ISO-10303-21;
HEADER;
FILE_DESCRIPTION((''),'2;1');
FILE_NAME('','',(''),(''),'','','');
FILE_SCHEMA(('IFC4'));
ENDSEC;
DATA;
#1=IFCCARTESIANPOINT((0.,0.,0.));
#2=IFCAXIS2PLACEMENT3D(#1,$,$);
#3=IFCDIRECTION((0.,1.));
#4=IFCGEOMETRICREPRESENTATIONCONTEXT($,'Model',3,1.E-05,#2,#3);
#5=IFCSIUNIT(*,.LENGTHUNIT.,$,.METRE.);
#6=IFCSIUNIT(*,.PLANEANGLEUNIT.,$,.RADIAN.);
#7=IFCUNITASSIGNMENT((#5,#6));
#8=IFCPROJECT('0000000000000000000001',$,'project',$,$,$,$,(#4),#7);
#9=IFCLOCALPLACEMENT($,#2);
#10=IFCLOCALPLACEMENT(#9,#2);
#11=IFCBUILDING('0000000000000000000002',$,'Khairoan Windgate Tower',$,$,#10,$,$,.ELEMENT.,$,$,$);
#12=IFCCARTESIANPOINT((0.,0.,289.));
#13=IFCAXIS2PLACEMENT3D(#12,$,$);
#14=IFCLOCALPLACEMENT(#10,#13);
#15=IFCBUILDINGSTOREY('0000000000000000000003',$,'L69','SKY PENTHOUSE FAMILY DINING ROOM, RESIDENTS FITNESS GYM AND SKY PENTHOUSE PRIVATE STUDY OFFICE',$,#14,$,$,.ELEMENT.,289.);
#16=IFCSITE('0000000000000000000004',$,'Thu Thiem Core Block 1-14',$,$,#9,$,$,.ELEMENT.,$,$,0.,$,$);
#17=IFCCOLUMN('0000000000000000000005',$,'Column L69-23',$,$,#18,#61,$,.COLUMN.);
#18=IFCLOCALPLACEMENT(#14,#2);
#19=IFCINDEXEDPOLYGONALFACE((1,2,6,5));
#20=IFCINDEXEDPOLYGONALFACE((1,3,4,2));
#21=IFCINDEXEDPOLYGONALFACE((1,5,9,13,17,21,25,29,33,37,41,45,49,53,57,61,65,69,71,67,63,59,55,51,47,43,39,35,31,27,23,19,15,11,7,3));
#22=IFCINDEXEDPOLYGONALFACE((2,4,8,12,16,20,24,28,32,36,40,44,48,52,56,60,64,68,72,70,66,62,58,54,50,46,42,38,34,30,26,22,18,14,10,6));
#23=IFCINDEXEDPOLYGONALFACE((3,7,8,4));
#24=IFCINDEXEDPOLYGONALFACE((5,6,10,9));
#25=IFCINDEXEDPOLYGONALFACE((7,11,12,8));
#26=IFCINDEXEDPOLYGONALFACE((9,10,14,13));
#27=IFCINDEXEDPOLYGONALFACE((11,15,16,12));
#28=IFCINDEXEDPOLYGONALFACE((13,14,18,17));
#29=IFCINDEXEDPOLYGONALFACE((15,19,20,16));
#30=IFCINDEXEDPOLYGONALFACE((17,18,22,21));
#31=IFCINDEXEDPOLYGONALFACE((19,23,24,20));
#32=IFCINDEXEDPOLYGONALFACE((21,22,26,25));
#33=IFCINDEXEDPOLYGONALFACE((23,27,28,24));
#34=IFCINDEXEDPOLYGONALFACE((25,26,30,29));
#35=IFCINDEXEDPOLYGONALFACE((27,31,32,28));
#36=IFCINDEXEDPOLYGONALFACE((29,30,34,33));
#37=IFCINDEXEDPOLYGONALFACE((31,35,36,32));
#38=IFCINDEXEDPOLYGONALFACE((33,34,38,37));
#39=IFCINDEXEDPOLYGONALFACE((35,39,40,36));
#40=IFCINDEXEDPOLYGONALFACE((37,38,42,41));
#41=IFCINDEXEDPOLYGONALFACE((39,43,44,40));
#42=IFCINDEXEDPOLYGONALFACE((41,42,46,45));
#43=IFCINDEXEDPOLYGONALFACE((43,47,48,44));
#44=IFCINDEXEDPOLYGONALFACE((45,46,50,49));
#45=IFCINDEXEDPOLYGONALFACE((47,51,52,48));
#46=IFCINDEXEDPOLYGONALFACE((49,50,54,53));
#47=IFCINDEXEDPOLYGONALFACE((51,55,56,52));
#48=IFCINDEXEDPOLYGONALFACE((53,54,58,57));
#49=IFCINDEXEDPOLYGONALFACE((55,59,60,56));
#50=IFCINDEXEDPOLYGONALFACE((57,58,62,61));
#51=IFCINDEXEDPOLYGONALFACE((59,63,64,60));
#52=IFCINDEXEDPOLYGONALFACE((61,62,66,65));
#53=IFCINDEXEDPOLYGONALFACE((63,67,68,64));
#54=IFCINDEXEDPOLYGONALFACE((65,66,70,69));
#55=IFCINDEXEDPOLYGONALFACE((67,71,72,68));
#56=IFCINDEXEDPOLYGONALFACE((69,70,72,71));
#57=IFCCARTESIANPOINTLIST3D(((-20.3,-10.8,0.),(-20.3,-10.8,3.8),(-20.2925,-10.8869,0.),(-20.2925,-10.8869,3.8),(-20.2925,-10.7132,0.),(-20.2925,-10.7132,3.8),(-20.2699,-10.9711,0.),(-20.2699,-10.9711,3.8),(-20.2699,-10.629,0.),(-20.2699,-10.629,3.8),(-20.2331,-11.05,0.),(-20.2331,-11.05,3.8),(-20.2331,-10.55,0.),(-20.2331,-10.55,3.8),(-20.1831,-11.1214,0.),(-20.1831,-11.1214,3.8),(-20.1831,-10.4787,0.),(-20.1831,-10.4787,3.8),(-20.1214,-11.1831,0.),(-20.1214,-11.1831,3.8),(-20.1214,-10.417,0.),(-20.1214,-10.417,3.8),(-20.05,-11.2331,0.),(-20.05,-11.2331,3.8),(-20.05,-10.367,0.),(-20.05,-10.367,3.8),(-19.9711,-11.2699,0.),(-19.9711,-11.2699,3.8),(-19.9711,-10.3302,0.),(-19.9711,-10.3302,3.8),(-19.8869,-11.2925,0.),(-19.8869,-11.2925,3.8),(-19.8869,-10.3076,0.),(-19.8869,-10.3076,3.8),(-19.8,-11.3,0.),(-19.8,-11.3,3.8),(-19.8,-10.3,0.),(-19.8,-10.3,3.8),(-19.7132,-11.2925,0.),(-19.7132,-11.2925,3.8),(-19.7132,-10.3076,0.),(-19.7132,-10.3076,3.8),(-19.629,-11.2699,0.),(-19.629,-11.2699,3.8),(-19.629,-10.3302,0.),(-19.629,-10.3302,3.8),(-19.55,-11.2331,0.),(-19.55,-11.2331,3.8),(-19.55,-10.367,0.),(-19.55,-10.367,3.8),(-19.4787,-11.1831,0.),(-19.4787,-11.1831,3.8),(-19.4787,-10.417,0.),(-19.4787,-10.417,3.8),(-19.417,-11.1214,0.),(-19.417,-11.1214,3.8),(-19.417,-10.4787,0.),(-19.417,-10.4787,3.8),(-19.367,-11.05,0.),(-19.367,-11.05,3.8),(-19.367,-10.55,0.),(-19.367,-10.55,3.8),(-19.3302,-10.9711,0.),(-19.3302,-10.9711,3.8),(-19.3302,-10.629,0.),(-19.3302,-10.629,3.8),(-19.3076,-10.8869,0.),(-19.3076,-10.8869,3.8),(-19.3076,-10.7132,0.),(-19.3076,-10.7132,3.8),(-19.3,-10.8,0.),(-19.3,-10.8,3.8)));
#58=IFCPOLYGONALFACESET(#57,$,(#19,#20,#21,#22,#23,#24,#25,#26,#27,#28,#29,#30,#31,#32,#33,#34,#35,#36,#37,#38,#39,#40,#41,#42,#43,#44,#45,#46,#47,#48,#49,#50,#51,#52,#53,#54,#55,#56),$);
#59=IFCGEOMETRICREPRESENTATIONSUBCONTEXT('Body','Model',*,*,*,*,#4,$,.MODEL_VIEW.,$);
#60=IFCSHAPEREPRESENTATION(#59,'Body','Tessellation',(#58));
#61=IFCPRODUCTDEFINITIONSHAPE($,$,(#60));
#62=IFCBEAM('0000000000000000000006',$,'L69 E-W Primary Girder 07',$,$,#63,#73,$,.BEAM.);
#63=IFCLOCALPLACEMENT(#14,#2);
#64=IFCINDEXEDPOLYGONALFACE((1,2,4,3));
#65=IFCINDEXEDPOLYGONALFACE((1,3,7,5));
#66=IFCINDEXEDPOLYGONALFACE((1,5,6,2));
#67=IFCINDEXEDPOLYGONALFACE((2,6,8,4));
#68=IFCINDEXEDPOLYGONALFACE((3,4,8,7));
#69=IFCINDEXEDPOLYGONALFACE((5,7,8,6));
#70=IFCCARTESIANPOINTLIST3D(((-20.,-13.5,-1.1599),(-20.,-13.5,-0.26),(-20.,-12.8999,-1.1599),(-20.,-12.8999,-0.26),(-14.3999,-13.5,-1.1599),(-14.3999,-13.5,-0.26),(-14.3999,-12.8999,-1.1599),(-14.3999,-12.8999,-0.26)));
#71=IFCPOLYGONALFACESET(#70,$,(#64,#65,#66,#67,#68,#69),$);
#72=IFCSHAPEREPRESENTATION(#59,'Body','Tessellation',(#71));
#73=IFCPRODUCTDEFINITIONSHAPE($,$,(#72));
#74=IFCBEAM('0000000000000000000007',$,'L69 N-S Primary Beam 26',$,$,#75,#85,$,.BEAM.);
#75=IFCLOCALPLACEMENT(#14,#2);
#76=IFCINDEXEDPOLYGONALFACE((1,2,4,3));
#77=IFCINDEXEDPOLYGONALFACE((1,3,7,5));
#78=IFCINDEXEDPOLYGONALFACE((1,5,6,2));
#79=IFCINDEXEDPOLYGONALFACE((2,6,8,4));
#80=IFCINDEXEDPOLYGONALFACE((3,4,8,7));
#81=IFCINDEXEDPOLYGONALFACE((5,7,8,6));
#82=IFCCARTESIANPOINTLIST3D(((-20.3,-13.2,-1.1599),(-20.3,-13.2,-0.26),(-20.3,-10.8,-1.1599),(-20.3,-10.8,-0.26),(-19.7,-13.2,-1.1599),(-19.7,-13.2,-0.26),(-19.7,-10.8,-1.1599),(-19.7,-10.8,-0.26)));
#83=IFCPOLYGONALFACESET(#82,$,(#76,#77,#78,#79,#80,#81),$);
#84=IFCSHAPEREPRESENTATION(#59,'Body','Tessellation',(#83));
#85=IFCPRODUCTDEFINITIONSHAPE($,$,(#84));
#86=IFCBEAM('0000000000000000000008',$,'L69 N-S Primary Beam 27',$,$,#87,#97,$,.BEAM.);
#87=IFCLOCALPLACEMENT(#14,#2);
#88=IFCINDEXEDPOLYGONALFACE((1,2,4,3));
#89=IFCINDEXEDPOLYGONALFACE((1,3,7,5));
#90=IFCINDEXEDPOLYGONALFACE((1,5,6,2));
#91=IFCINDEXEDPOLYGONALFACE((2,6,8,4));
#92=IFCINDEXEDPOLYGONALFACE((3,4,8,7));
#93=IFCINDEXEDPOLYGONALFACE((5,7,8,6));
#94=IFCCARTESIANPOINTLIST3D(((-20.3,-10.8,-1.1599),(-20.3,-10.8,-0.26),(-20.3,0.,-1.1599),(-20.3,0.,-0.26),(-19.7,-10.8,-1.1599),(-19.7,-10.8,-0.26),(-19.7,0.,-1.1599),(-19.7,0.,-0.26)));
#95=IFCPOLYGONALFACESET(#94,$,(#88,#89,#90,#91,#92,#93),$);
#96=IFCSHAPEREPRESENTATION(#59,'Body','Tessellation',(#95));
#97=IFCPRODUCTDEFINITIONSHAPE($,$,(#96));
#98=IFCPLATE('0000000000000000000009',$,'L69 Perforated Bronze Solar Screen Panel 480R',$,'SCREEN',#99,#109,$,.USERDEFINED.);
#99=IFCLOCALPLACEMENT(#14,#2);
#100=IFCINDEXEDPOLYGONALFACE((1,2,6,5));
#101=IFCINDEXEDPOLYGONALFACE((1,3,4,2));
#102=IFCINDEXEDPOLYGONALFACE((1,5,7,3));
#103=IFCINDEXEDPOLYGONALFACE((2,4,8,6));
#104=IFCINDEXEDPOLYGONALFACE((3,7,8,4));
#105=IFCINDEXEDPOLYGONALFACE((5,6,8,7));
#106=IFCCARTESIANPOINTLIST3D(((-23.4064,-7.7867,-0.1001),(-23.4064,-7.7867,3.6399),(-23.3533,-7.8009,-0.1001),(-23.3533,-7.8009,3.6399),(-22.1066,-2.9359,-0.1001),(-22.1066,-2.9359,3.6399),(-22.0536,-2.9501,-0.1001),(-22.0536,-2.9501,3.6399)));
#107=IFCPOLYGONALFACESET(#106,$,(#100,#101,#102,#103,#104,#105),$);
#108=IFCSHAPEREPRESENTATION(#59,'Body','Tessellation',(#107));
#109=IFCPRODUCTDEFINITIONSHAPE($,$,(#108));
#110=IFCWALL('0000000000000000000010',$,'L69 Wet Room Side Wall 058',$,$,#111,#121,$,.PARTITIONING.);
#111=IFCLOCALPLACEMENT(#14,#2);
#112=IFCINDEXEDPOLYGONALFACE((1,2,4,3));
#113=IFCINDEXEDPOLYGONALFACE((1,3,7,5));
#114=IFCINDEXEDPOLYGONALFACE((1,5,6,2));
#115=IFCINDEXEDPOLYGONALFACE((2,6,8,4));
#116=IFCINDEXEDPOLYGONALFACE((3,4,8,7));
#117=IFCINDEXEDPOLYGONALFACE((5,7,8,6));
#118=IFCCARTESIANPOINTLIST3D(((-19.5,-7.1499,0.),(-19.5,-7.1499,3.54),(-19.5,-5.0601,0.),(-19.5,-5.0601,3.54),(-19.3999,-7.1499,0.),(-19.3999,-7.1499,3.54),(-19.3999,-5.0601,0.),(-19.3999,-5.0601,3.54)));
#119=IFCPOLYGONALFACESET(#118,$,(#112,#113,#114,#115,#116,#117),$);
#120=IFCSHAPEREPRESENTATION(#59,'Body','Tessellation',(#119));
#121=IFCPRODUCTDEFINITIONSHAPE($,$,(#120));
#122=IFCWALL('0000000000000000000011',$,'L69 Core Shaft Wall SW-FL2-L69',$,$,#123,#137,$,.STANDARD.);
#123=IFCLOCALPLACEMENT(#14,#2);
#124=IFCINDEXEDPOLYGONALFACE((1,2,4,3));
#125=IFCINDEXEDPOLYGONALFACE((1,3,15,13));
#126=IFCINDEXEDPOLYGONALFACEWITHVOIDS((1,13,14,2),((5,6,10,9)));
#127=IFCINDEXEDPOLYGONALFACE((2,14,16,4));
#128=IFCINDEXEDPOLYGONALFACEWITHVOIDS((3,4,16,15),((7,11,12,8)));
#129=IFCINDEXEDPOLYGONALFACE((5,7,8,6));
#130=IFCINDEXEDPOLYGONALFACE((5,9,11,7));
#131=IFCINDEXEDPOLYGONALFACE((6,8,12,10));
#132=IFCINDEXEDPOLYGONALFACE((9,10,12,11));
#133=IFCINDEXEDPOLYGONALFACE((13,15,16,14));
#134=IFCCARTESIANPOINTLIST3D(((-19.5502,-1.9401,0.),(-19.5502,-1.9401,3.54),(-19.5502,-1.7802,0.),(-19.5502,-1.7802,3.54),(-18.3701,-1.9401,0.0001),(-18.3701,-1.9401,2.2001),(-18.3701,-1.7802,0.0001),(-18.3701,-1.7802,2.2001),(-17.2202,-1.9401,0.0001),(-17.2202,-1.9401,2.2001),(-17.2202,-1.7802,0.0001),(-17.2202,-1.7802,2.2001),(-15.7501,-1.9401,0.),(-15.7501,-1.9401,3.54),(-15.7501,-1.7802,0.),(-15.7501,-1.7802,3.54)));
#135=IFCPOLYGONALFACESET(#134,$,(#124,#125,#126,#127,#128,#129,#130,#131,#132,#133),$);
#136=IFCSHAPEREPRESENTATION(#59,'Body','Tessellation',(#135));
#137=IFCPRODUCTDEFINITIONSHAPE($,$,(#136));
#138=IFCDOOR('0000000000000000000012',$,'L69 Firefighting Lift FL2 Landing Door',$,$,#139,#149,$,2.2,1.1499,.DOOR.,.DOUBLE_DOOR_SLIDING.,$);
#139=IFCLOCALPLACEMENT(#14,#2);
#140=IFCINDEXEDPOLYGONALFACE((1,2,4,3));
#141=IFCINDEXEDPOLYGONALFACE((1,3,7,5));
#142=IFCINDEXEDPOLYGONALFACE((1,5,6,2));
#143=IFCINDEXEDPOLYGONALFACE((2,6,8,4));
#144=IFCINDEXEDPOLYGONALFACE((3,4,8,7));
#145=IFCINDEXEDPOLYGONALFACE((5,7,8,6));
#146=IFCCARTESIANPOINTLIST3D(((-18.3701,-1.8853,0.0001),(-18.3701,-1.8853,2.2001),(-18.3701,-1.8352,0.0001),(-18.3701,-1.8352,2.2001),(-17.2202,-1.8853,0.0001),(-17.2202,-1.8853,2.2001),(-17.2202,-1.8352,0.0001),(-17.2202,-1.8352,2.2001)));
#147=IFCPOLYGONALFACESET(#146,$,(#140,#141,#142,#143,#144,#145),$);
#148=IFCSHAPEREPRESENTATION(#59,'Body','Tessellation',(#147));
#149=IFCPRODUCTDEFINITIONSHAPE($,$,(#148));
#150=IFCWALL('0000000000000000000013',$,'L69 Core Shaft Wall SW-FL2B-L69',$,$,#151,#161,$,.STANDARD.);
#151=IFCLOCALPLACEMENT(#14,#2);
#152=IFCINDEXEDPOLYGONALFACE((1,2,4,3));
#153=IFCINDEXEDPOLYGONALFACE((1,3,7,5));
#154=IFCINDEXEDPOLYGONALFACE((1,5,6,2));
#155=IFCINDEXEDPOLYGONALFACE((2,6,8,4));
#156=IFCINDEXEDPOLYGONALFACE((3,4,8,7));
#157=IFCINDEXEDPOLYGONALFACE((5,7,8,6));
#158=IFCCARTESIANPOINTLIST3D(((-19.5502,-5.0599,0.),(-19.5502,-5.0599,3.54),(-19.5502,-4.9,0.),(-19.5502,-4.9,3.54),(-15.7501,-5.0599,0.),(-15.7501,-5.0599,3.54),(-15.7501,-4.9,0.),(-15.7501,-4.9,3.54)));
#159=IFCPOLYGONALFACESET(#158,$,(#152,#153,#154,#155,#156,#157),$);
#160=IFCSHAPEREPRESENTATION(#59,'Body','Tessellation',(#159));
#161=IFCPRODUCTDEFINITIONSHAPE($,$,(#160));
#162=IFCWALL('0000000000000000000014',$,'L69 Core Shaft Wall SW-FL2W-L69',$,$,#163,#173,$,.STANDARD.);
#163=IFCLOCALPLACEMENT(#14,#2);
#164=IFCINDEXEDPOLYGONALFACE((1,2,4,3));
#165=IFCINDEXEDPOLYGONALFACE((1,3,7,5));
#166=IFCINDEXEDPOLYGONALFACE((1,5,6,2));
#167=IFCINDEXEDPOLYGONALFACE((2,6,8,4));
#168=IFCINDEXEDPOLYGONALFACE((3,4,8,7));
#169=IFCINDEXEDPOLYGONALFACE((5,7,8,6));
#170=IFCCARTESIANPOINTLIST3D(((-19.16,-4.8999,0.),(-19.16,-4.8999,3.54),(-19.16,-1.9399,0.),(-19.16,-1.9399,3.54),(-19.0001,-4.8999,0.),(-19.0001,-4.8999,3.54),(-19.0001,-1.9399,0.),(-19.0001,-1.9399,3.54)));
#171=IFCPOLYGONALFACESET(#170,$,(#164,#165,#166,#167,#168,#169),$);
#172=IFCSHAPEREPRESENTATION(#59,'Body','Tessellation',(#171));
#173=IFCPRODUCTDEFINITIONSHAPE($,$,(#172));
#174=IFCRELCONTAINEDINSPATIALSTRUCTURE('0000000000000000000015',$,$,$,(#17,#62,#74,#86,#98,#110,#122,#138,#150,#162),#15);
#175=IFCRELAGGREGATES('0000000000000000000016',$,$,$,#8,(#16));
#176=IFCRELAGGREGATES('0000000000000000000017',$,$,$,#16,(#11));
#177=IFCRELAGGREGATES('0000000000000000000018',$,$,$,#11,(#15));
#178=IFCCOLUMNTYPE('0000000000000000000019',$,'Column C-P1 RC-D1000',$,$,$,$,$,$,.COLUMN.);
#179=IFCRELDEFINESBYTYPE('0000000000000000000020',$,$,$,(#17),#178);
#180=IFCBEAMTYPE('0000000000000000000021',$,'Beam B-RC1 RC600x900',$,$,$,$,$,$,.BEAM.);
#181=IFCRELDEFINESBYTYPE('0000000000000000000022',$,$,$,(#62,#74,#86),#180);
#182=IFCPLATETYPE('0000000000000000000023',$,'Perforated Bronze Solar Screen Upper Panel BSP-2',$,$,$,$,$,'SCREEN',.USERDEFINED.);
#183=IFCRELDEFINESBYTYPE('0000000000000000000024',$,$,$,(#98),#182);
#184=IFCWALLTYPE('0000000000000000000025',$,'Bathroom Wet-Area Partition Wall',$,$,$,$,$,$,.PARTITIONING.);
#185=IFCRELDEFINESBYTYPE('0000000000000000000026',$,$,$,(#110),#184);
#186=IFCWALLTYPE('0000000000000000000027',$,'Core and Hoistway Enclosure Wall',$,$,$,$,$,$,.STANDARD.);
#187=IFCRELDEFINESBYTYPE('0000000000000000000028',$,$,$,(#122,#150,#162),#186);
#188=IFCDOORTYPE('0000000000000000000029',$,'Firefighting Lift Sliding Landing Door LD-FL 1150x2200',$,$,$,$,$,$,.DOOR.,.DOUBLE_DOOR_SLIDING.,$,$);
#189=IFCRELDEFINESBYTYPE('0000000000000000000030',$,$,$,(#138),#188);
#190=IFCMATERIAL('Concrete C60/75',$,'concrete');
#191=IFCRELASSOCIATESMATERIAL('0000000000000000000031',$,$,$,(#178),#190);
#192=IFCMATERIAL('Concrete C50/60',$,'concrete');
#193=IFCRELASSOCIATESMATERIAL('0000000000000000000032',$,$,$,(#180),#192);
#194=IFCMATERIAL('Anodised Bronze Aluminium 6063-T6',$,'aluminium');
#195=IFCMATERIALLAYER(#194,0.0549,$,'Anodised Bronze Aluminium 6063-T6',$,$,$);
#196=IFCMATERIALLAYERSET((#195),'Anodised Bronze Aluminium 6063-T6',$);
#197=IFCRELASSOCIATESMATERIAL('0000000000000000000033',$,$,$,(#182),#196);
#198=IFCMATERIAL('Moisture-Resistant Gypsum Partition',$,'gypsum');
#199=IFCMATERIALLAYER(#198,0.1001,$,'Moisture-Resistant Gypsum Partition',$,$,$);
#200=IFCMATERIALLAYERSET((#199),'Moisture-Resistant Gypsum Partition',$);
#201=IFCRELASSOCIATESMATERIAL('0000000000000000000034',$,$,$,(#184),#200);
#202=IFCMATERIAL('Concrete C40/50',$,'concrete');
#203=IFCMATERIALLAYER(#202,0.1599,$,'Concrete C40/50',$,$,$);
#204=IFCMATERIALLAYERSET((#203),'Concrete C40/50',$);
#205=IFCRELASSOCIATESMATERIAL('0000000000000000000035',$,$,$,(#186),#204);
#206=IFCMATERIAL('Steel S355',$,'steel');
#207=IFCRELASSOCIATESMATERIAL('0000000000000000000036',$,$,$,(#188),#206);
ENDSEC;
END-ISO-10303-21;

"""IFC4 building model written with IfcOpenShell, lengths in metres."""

from ifc_helpers import new_model, si_unit, direction, frame, frame_2d, origin, origin_2d, place, context, subcontext, project, spatial, rectangle, circle, extrude, material, layer, layer_set, material_profile, profile_set, type_object, element, fill, save


model = new_model("IFC4")

# Units and contexts
model_context = context("Model", 3, precision=1e-05, world=origin(), true_north=direction((0.0, 1.0)))
body_context = subcontext(model_context, "Body", "Model", "MODEL_VIEW")
ifc_project = project(units=[si_unit("LENGTHUNIT", "METRE"), si_unit("PLANEANGLEUNIT", "RADIAN")], contexts=[model_context])

# Site, building, storey
site_placement = place(None, origin())
site = spatial("IfcSite", under=ifc_project, at=site_placement, Name="Thu Thiem Core Block 1-14", CompositionType="ELEMENT", RefElevation=0.0)
building_placement = place(site_placement, origin())
building = spatial("IfcBuilding", under=site, at=building_placement, Name="Khairoan Windgate Tower", CompositionType="ELEMENT")
storey_placement = place(building_placement, frame((0.0, 0.0, 289.0)))
storey = spatial("IfcBuildingStorey", under=building, at=storey_placement, Name="L69", Description="SKY PENTHOUSE FAMILY DINING ROOM, RESIDENTS FITNESS GYM AND SKY PENTHOUSE PRIVATE STUDY OFFICE", CompositionType="ELEMENT", Elevation=289.0)

# Column
ifc_material_1 = material(Name="Concrete C60/75", Category="concrete")
ifc_material_profile_1 = material_profile(ifc_material_1, circle(Radius=0.5, at=origin_2d()))
ifc_profile_set_1 = profile_set([ifc_material_profile_1], Name="Concrete C60/75")
column_type = type_object("IfcColumnType", Name="Column C-P1 RC-D1000", PredefinedType="COLUMN", material=ifc_profile_set_1)
column_placement = place(storey_placement, frame((-19.8, -10.8, 0.0), z_axis=(0.0, 0.0, 1.0), x_axis=(1.0, 0.0, 0.0)))
element("IfcColumn", 1, at=column_placement, inside=storey, type_object=column_type, Name="Column L69-23", PredefinedType="COLUMN", context=body_context, shape_type="SweptSolid", body=[
    extrude(circle(Radius=0.5, at=origin_2d()), origin(), (0.0, 0.0, 1.0), 3.8),
])

# Beams
ifc_material_2 = material(Name="Concrete C50/60", Category="concrete")
ifc_material_profile_2 = material_profile(ifc_material_2, rectangle(XDim=0.6001, YDim=0.8999, at=origin_2d()))
ifc_profile_set_2 = profile_set([ifc_material_profile_2], Name="Concrete C50/60")
beam_type = type_object("IfcBeamType", Name="Beam B-RC1 RC600x900", PredefinedType="BEAM", material=ifc_profile_set_2)
beam_1_placement = place(storey_placement, frame((-20.0, -13.2, -0.71), z_axis=(1.0, 0.0, 0.0), x_axis=(0.0, 1.0, 0.0)))
element("IfcBeam", 2, at=beam_1_placement, inside=storey, type_object=beam_type, Name="L69 E-W Primary Girder 07", PredefinedType="BEAM", context=body_context, shape_type="SweptSolid", body=[
    extrude(rectangle(XDim=0.6001, YDim=0.8999, at=origin_2d()), origin(), (0.0, 0.0, 1.0), 5.6001),
])
beam_2_placement = place(storey_placement, frame((-20.0, -13.2, -0.71), z_axis=(0.0, 1.0, 0.0), x_axis=(-1.0, 0.0, 0.0)))
element("IfcBeam", 3, at=beam_2_placement, inside=storey, type_object=beam_type, Name="L69 N-S Primary Beam 26", PredefinedType="BEAM", context=body_context, shape_type="SweptSolid", body=[
    extrude(rectangle(XDim=0.6001, YDim=0.8999, at=origin_2d()), origin(), (0.0, 0.0, 1.0), 2.3999),
])
beam_3_placement = place(storey_placement, frame((-20.0, -10.8, -0.71), z_axis=(0.0, 1.0, 0.0), x_axis=(-1.0, 0.0, 0.0)))
element("IfcBeam", 4, at=beam_3_placement, inside=storey, type_object=beam_type, Name="L69 N-S Primary Beam 27", PredefinedType="BEAM", context=body_context, shape_type="SweptSolid", body=[
    extrude(rectangle(XDim=0.6001, YDim=0.8999, at=origin_2d()), origin(), (0.0, 0.0, 1.0), 10.8),
])

# Plate
ifc_material_3 = material(Name="Anodised Bronze Aluminium 6063-T6", Category="aluminium")
ifc_layer_1 = layer(ifc_material_3, 0.0549, Name="Anodised Bronze Aluminium 6063-T6")
ifc_layer_set_1 = layer_set([ifc_layer_1], Name="Anodised Bronze Aluminium 6063-T6")
plate_type = type_object("IfcPlateType", Name="Perforated Bronze Solar Screen Upper Panel BSP-2", ElementType="SCREEN", PredefinedType="USERDEFINED", material=ifc_layer_set_1)
plate_placement = place(storey_placement, frame((-22.73, -5.3684, -0.1001), z_axis=(0.0, 0.0, 1.0), x_axis=(0.258819, 0.965926, 0.0)))
element("IfcPlate", 5, at=plate_placement, inside=storey, type_object=plate_type, Name="L69 Perforated Bronze Solar Screen Panel 480R", ObjectType="SCREEN", PredefinedType="USERDEFINED", context=body_context, shape_type="SweptSolid", body=[
    extrude(rectangle(XDim=5.022, YDim=0.0549, at=origin_2d()), origin(), (0.0, 0.0, 1.0), 3.74),
])

# Wall
ifc_material_4 = material(Name="Moisture-Resistant Gypsum Partition", Category="gypsum")
ifc_layer_2 = layer(ifc_material_4, 0.1001, Name="Moisture-Resistant Gypsum Partition")
ifc_layer_set_2 = layer_set([ifc_layer_2], Name="Moisture-Resistant Gypsum Partition")
wall_type_1 = type_object("IfcWallType", Name="Bathroom Wet-Area Partition Wall", PredefinedType="PARTITIONING", material=ifc_layer_set_2)
wall_1_placement = place(storey_placement, frame((-19.45, -7.1499, 0.0), z_axis=(0.0, 0.0, 1.0), x_axis=(0.0, 1.0, 0.0)))
element("IfcWall", 6, at=wall_1_placement, inside=storey, type_object=wall_type_1, Name="L69 Wet Room Side Wall 058", PredefinedType="PARTITIONING", context=body_context, shape_type="SweptSolid", body=[
    extrude(rectangle(XDim=2.0898, YDim=0.1001, at=frame_2d((1.0449, 0.0))), origin(), (0.0, 0.0, 1.0), 3.54),
])

# Wall, opening, door
ifc_material_5 = material(Name="Concrete C40/50", Category="concrete")
ifc_layer_3 = layer(ifc_material_5, 0.1599, Name="Concrete C40/50")
ifc_layer_set_3 = layer_set([ifc_layer_3], Name="Concrete C40/50")
wall_type_2 = type_object("IfcWallType", Name="Core and Hoistway Enclosure Wall", PredefinedType="STANDARD", material=ifc_layer_set_3)
wall_2_placement = place(storey_placement, frame((-19.55, -1.8601, 0.0), z_axis=(0.0, 0.0, 1.0), x_axis=(1.0, 0.0, 0.0)))
wall_2 = element("IfcWall", 7, at=wall_2_placement, inside=storey, type_object=wall_type_2, Name="L69 Core Shaft Wall SW-FL2-L69", PredefinedType="STANDARD", context=body_context, shape_type="SweptSolid", body=[
    extrude(rectangle(XDim=3.8, YDim=0.1599, at=frame_2d((1.8999, 0.0))), origin(), (0.0, 0.0, 1.0), 3.54),
])
opening_1_placement = place(wall_2_placement, frame((1.1799, 0.0, 0.0)))
opening_1 = element("IfcOpeningElement", 8, at=opening_1_placement, cuts=wall_2, PredefinedType="OPENING", context=body_context, shape_type="SweptSolid", body=[
    extrude(rectangle(XDim=1.1499, YDim=2.2, at=frame_2d((0.575, 1.1001))), frame((0.0, 0.0898, 0.0), z_axis=(0.0, -1.0, 0.0), x_axis=(1.0, 0.0, 0.0)), (0.0, 0.0, 1.0), 0.1799),
])
ifc_material_6 = material(Name="Steel S355", Category="steel")
door_type_1 = type_object("IfcDoorType", Name="Firefighting Lift Sliding Landing Door LD-FL 1150x2200", OperationType="DOUBLE_DOOR_SLIDING", PredefinedType="DOOR", material=ifc_material_6)
door_1_placement = place(opening_1_placement, origin())
door_1 = element("IfcDoor", 9, at=door_1_placement, inside=storey, type_object=door_type_1, Name="L69 Firefighting Lift FL2 Landing Door", OperationType="DOUBLE_DOOR_SLIDING", OverallHeight=2.2, OverallWidth=1.1499, PredefinedType="DOOR", context=body_context, shape_type="SweptSolid", body=[
    extrude(rectangle(XDim=1.1499, YDim=2.2, at=frame_2d((0.575, 1.1001))), frame((0.0, 0.0249, 0.0), z_axis=(0.0, -1.0, 0.0), x_axis=(1.0, 0.0, 0.0)), (0.0, 0.0, 1.0), 0.05),
])
fill(opening_1, door_1)

# Walls
wall_3_placement = place(storey_placement, frame((-19.55, -4.98, 0.0), z_axis=(0.0, 0.0, 1.0), x_axis=(1.0, 0.0, 0.0)))
element("IfcWall", 10, at=wall_3_placement, inside=storey, type_object=wall_type_2, Name="L69 Core Shaft Wall SW-FL2B-L69", PredefinedType="STANDARD", context=body_context, shape_type="SweptSolid", body=[
    extrude(rectangle(XDim=3.8, YDim=0.1599, at=frame_2d((1.8999, 0.0))), origin(), (0.0, 0.0, 1.0), 3.54),
])
wall_4_placement = place(storey_placement, frame((-19.0801, -4.8999, 0.0), z_axis=(0.0, 0.0, 1.0), x_axis=(0.0, 1.0, 0.0)))
element("IfcWall", 11, at=wall_4_placement, inside=storey, type_object=wall_type_2, Name="L69 Core Shaft Wall SW-FL2W-L69", PredefinedType="STANDARD", context=body_context, shape_type="SweptSolid", body=[
    extrude(rectangle(XDim=2.96, YDim=0.1599, at=frame_2d((1.48, 0.0))), origin(), (0.0, 0.0, 1.0), 3.54),
])

save(model, "model.ifc")
